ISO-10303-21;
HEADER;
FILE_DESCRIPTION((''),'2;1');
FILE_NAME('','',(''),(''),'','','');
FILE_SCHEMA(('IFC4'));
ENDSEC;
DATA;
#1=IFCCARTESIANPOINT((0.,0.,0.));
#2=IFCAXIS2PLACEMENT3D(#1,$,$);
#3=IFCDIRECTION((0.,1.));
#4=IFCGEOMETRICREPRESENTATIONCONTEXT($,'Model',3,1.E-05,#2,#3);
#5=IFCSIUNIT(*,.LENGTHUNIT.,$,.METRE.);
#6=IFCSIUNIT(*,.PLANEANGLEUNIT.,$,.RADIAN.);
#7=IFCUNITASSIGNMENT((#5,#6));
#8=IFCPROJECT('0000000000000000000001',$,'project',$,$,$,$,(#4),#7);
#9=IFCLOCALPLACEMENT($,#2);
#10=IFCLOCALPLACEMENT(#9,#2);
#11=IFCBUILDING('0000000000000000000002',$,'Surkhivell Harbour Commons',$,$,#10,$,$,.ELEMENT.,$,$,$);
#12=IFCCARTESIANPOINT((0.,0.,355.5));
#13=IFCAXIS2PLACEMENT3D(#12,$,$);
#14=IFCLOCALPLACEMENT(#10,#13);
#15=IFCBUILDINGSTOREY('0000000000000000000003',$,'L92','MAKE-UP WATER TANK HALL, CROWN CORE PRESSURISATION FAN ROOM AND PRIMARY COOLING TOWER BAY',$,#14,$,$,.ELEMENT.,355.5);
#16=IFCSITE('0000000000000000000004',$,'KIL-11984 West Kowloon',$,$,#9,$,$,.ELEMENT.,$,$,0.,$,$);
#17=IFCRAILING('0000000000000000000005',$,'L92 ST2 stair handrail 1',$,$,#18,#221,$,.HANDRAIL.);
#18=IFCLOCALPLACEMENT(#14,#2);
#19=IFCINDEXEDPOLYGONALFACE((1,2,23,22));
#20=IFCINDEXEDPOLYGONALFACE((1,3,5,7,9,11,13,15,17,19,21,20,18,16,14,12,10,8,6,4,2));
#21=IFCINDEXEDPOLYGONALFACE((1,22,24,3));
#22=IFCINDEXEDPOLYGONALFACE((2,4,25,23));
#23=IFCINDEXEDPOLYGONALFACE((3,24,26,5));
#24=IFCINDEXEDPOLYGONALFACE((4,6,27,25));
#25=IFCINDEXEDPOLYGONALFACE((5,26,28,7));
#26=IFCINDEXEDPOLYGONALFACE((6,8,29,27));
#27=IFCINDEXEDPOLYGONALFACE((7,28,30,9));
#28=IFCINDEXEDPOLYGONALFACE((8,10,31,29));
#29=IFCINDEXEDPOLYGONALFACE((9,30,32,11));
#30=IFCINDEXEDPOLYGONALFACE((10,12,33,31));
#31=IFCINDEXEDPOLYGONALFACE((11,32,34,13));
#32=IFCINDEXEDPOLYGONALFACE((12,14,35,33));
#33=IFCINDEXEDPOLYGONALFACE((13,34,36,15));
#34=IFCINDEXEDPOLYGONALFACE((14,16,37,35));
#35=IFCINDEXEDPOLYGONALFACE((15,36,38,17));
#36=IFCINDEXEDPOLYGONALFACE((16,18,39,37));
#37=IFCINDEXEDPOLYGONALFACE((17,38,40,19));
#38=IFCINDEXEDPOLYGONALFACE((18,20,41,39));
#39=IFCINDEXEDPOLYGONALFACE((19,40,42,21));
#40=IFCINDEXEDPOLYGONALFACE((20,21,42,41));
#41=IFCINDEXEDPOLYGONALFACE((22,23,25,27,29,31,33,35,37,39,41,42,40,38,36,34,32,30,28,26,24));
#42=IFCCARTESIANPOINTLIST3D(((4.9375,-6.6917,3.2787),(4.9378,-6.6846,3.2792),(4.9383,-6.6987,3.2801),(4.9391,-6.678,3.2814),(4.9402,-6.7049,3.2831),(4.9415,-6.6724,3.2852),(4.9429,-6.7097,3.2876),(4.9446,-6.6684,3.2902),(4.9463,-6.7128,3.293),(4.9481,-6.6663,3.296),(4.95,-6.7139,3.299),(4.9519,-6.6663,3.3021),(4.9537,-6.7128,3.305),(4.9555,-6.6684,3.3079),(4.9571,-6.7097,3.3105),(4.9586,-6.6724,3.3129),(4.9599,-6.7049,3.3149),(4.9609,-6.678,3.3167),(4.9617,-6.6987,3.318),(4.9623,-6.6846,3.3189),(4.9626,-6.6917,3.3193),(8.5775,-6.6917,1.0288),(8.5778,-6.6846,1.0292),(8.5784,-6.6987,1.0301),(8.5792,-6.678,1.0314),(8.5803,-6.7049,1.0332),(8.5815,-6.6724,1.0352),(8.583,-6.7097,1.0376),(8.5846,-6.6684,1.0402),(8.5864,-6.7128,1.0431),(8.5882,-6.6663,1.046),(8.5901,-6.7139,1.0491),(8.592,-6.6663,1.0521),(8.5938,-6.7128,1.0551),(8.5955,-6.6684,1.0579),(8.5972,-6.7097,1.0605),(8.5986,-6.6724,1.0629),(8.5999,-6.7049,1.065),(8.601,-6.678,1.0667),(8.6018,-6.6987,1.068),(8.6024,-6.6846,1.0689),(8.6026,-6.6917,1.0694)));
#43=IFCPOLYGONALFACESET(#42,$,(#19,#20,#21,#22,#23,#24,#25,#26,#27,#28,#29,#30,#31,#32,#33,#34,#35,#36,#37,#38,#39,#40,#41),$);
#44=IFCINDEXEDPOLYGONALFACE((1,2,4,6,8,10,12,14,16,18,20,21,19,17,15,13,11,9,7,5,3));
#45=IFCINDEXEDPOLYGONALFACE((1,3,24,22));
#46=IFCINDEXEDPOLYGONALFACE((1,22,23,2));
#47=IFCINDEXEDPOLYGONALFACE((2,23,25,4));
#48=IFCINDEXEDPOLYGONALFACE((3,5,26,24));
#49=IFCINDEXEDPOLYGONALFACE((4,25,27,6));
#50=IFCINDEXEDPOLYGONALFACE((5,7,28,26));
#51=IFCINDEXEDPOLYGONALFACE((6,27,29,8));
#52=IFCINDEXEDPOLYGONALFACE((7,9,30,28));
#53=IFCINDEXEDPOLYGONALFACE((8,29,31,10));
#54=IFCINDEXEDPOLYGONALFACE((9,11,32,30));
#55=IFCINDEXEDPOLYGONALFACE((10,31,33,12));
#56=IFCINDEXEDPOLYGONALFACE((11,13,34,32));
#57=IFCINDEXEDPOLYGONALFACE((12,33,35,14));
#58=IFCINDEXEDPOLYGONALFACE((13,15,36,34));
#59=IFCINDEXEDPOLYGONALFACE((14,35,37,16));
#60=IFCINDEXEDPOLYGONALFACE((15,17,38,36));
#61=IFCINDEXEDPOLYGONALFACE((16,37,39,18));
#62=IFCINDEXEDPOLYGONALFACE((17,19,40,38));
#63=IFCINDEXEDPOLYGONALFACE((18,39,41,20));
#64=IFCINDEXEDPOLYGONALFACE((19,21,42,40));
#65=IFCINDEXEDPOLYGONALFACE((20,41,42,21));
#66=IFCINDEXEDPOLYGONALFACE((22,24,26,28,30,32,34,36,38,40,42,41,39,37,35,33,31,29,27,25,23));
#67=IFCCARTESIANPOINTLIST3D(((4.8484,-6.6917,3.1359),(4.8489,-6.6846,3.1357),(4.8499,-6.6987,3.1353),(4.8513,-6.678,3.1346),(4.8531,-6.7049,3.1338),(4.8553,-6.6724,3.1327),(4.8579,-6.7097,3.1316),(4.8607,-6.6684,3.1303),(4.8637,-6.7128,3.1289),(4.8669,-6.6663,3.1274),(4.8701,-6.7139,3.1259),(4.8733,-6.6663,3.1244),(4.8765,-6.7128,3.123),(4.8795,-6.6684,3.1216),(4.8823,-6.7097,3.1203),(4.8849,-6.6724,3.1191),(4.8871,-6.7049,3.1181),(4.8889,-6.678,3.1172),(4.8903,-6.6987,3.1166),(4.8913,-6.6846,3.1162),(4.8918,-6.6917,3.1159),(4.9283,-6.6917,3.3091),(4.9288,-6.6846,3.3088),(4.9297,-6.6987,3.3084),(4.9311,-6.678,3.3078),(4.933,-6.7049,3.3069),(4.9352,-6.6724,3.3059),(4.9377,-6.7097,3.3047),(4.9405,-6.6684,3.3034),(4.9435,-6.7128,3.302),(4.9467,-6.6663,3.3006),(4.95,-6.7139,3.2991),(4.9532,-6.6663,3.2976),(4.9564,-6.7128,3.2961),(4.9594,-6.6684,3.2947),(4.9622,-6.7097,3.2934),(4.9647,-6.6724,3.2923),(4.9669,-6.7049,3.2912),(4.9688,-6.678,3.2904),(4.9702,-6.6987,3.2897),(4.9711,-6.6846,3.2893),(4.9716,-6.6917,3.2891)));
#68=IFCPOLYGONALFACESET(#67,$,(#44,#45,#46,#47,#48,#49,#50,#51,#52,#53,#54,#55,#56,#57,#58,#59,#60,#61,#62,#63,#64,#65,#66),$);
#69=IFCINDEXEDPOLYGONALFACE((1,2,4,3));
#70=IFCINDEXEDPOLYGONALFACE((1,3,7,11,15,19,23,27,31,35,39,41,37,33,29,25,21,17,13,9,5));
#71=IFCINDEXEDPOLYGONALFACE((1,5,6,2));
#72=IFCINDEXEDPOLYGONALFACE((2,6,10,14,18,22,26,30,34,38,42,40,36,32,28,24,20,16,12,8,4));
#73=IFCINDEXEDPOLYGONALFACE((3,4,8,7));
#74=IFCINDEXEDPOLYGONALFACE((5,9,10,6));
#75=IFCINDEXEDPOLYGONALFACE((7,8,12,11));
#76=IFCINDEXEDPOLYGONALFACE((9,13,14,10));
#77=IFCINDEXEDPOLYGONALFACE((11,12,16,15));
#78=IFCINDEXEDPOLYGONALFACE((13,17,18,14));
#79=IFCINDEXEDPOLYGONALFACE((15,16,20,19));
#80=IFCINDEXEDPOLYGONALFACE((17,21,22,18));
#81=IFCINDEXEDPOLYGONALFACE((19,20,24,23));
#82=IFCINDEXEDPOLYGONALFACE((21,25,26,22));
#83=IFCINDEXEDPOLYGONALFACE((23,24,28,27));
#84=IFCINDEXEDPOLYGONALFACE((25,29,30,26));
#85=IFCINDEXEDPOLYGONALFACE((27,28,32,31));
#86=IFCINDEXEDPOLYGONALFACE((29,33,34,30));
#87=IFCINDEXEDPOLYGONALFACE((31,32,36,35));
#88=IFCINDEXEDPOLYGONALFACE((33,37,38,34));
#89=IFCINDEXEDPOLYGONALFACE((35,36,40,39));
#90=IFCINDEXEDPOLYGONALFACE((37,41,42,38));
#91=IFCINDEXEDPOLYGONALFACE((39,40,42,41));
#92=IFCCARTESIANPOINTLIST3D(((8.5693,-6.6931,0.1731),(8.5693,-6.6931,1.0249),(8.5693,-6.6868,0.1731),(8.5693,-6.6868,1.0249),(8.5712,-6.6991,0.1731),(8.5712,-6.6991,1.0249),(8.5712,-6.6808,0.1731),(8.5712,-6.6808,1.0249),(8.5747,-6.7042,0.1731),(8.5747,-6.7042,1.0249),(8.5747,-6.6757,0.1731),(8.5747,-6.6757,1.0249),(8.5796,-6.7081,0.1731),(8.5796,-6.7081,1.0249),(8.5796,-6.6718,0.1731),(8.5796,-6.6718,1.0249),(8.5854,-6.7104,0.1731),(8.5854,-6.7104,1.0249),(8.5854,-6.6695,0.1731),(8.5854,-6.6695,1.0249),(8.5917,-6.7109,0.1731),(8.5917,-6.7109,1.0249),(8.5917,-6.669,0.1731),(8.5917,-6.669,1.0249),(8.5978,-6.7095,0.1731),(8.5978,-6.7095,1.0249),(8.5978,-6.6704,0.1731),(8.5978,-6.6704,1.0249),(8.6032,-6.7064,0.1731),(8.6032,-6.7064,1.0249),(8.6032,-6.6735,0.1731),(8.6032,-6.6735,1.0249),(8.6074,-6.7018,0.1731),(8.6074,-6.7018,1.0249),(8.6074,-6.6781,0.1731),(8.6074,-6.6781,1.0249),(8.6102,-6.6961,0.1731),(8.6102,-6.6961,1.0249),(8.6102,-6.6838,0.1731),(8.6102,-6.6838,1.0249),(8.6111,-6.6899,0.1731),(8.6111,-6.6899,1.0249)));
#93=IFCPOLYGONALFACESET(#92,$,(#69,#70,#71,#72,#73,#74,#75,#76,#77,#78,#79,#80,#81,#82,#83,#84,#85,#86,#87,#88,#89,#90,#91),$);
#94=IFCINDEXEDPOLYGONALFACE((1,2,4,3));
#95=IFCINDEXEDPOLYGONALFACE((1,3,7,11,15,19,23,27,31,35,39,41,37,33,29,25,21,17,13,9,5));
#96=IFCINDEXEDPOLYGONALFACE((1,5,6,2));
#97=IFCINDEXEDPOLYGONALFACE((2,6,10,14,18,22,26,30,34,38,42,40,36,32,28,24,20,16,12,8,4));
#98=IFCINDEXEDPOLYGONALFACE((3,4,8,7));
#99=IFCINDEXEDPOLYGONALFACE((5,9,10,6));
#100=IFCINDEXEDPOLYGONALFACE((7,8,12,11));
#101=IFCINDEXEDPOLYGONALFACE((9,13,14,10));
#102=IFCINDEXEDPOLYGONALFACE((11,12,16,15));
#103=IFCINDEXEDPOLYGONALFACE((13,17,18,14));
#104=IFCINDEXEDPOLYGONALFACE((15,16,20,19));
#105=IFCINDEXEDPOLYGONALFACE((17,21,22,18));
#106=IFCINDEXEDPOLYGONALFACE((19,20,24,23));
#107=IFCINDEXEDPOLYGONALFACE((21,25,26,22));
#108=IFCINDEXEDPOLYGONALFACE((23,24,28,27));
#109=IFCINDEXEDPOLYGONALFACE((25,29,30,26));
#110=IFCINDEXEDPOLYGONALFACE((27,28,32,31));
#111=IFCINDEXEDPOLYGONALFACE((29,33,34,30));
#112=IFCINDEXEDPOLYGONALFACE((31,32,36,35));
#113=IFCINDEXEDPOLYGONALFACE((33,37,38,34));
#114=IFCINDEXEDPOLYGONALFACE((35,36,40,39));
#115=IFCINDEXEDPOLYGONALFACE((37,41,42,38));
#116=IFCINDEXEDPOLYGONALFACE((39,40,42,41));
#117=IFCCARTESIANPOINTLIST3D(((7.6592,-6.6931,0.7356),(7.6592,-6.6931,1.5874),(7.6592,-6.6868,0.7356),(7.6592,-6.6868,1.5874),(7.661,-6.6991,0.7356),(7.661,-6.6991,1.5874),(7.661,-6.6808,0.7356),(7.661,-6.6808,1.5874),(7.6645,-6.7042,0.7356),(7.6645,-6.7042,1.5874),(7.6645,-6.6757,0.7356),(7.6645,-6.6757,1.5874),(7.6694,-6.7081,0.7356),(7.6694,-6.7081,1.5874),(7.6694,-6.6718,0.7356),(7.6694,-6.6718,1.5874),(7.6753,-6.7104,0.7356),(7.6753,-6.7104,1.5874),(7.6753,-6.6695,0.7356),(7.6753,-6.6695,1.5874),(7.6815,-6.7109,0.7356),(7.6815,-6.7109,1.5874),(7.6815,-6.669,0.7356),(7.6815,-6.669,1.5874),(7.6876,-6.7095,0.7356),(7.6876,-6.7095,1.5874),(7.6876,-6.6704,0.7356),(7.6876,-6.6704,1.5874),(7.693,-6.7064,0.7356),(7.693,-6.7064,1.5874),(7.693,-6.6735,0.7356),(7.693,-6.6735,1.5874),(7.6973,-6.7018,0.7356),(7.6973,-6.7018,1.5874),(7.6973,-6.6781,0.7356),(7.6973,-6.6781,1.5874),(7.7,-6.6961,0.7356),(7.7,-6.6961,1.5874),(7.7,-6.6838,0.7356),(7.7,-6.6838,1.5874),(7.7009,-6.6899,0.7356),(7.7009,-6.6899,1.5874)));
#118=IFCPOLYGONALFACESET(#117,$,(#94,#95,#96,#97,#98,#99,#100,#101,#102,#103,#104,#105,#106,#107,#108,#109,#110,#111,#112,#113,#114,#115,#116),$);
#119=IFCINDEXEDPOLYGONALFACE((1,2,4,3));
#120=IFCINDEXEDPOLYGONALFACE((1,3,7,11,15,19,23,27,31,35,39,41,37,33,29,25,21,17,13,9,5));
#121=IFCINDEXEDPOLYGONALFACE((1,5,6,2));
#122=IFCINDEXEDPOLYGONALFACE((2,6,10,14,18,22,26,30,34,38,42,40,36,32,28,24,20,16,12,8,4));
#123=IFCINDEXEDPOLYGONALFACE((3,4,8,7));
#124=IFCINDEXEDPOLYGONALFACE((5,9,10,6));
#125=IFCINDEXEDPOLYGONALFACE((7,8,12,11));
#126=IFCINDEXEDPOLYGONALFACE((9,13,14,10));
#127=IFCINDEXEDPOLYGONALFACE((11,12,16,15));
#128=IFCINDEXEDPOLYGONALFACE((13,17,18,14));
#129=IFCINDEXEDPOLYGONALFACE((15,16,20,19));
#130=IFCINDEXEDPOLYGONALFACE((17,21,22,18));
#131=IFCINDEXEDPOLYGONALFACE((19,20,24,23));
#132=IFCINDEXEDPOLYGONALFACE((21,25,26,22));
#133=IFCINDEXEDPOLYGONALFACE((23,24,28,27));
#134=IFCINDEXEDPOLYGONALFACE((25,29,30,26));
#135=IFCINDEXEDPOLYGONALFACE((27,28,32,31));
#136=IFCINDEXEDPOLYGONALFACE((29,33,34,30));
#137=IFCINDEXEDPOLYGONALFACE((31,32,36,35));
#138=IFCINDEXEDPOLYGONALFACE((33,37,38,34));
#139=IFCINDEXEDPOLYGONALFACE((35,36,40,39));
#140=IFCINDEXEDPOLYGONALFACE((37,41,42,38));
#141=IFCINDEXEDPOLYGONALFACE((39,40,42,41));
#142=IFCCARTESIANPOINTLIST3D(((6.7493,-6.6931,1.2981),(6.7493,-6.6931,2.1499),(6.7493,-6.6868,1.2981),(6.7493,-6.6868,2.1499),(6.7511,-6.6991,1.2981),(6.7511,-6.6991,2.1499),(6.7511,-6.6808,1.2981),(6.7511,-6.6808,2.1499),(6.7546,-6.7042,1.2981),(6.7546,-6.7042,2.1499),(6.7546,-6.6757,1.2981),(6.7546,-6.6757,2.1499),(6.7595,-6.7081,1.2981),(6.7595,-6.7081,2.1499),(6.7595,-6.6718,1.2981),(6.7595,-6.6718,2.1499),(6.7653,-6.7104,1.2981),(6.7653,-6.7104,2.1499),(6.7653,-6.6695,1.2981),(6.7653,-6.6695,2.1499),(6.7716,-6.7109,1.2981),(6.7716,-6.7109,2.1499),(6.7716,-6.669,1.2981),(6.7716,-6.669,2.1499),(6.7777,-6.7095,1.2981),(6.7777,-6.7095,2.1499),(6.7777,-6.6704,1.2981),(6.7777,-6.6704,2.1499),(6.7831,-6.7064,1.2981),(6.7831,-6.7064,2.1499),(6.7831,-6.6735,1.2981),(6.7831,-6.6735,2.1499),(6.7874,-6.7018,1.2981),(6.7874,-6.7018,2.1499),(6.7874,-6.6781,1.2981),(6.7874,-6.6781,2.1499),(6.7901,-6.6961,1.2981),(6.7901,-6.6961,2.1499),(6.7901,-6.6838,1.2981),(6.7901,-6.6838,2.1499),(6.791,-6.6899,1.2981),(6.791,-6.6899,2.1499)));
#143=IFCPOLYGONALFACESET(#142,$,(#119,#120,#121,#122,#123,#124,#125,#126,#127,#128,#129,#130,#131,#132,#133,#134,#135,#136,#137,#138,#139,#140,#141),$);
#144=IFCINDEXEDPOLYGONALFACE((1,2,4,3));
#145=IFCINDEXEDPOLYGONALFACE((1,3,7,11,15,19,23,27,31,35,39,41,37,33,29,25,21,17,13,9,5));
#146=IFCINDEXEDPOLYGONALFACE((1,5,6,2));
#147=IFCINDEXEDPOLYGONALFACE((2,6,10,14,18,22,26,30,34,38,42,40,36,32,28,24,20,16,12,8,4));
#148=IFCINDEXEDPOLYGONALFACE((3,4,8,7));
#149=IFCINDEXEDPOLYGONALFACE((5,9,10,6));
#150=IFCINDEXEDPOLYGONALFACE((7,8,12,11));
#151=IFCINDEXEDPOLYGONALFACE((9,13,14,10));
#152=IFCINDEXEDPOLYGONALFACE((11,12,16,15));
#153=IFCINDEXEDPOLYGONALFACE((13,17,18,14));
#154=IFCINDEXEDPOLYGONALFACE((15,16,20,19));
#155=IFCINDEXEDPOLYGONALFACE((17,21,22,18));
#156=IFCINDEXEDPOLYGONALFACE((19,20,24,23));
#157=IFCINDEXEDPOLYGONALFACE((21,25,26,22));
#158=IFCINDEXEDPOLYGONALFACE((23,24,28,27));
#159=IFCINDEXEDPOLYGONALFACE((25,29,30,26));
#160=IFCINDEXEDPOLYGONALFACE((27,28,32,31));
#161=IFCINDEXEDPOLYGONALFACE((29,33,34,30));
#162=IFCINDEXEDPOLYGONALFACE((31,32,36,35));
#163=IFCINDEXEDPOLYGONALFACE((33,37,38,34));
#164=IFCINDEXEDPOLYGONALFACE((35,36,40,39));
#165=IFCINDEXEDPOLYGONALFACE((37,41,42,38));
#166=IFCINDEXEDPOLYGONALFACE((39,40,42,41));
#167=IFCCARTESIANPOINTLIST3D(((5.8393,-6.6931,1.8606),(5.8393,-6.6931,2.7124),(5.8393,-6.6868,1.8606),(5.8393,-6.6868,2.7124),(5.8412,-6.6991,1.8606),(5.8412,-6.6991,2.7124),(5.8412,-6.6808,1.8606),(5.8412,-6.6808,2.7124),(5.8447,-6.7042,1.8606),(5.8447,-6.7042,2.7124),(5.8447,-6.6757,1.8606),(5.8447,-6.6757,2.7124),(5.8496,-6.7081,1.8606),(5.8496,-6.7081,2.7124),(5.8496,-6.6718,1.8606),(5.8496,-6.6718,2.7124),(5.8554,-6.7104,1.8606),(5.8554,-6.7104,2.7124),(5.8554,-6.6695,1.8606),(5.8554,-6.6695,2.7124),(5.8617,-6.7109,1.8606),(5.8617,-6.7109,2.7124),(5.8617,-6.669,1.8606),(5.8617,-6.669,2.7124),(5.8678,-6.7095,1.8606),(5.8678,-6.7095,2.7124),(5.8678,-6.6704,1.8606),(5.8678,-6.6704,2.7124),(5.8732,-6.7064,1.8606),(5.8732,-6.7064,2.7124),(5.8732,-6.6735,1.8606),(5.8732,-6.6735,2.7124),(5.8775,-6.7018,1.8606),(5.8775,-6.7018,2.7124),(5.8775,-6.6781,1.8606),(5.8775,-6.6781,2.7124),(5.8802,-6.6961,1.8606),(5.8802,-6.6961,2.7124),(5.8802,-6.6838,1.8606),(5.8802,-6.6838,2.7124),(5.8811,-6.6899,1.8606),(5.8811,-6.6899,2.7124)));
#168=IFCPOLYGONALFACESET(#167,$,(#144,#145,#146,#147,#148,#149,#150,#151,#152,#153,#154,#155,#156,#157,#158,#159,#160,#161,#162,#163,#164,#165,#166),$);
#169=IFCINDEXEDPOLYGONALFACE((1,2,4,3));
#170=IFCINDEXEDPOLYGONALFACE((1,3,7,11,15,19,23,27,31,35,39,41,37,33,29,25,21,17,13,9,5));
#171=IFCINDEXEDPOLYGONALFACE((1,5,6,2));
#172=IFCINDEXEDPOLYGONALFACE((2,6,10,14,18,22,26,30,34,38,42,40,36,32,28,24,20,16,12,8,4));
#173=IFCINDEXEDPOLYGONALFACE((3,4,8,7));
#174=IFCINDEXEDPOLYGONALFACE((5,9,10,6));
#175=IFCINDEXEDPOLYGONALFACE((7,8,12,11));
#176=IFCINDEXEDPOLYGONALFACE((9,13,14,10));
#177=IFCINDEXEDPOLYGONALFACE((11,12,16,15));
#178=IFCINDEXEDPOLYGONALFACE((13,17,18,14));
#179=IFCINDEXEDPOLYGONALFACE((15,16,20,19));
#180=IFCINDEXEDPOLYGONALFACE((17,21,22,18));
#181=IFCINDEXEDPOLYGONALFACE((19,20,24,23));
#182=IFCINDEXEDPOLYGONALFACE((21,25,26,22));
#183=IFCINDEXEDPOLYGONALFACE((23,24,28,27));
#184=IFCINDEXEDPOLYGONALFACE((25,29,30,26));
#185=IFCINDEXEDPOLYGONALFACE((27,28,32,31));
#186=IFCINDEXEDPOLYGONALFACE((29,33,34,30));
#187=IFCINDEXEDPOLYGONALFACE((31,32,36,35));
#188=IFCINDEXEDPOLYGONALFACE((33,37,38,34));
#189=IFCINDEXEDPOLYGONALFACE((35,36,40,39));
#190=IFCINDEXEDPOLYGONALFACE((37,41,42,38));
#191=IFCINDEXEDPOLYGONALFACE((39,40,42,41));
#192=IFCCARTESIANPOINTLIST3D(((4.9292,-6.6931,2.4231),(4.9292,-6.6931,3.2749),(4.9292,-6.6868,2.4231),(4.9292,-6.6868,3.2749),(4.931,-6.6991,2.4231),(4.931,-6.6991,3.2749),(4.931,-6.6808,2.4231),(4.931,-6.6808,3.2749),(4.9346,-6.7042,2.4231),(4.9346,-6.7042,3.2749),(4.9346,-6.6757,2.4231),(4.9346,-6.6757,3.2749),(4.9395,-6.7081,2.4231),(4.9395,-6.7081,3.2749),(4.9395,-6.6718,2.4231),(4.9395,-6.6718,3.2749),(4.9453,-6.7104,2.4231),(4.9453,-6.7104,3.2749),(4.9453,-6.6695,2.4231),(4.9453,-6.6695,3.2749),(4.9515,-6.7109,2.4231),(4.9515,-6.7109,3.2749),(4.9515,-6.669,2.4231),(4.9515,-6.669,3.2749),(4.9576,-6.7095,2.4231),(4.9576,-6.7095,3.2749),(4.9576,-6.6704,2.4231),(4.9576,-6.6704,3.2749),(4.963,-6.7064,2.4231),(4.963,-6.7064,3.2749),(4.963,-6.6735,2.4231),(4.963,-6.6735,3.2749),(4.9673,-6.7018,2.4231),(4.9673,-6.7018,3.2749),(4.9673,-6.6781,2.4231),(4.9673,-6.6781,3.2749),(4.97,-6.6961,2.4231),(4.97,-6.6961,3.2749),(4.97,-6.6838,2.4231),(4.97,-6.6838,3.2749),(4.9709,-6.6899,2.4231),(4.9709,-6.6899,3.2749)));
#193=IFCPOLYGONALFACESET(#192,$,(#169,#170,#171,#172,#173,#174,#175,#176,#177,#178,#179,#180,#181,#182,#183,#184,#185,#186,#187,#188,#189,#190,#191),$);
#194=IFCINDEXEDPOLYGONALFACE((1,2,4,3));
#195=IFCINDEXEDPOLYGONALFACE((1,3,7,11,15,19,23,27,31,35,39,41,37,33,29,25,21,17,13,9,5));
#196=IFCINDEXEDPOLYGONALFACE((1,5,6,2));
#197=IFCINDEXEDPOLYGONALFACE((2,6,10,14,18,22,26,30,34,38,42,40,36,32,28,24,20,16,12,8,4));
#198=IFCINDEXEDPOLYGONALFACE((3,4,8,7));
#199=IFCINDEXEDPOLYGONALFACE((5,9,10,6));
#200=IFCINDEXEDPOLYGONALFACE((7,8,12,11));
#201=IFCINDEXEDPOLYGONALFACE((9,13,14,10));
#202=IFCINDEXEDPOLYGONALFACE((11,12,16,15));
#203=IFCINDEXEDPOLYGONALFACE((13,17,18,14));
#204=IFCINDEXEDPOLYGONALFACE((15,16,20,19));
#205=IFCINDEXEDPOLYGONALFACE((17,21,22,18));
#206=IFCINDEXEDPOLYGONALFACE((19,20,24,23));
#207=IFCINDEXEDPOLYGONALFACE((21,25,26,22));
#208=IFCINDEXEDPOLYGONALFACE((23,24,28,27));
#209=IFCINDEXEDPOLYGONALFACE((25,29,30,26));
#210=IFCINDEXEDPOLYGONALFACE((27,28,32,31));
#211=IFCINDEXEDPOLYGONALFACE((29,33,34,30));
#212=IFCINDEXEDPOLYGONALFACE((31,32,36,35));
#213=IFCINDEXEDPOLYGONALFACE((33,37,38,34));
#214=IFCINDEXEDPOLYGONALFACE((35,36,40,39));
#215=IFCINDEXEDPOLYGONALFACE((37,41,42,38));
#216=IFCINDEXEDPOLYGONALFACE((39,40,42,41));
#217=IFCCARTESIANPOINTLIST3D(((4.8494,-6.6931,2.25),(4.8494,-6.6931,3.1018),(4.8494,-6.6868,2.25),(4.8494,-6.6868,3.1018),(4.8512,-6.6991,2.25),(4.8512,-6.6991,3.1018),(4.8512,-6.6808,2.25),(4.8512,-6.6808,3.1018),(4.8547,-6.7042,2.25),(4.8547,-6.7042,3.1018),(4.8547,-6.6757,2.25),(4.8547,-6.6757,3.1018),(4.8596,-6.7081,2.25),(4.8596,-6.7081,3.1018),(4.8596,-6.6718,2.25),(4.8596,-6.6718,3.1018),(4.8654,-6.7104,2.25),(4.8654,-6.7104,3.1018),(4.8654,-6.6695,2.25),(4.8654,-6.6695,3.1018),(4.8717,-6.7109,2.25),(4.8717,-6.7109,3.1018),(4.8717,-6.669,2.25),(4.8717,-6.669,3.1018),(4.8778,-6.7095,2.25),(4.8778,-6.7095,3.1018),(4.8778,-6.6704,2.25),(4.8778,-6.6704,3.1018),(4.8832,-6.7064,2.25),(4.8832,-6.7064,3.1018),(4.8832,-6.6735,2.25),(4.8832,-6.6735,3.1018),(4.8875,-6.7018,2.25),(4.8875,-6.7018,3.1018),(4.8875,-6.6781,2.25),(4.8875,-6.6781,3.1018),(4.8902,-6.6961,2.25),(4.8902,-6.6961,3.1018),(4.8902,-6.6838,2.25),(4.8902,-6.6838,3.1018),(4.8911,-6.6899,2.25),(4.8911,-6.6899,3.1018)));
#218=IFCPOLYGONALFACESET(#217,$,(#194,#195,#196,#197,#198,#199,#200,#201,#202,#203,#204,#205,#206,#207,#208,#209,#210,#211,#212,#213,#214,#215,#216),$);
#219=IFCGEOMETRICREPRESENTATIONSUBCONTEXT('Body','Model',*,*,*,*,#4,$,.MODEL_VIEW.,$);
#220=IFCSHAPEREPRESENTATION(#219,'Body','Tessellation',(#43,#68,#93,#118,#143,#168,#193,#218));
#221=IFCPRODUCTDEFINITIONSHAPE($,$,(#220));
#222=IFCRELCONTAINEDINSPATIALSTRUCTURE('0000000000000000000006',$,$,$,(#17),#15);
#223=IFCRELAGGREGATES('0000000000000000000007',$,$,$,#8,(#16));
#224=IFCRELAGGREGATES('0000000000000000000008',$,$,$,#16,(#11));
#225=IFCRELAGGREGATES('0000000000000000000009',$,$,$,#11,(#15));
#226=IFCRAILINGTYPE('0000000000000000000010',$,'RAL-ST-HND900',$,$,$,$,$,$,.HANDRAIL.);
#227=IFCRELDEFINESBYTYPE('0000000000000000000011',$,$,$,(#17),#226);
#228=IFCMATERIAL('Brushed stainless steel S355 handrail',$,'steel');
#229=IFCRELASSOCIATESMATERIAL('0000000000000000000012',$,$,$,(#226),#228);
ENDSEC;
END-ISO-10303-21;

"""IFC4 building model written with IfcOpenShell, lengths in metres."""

from ifc_helpers import new_model, si_unit, direction, frame, origin, origin_2d, place, context, subcontext, project, spatial, circle, extrude, material, type_object, element, save


model = new_model("IFC4")

# Units and contexts
model_context = context("Model", 3, precision=1e-05, world=origin(), true_north=direction((0.0, 1.0)))
body_context = subcontext(model_context, "Body", "Model", "MODEL_VIEW")
ifc_project = project(units=[si_unit("LENGTHUNIT", "METRE"), si_unit("PLANEANGLEUNIT", "RADIAN")], contexts=[model_context])

# Site, building, storey
site_placement = place(None, origin())
site = spatial("IfcSite", under=ifc_project, at=site_placement, Name="KIL-11984 West Kowloon", CompositionType="ELEMENT", RefElevation=0.0)
building_placement = place(site_placement, origin())
building = spatial("IfcBuilding", under=site, at=building_placement, Name="Surkhivell Harbour Commons", CompositionType="ELEMENT")
storey_placement = place(building_placement, frame((0.0, 0.0, 355.5)))
storey = spatial("IfcBuildingStorey", under=building, at=storey_placement, Name="L92", Description="MAKE-UP WATER TANK HALL, CROWN CORE PRESSURISATION FAN ROOM AND PRIMARY COOLING TOWER BAY", CompositionType="ELEMENT", Elevation=355.5)

# Railing
ifc_material_1 = material(Name="Brushed stainless steel S355 handrail", Category="steel")
railing_type_1 = type_object("IfcRailingType", Name="RAL-ST-HND900", PredefinedType="HANDRAIL", material=ifc_material_1)
railing_1_placement = place(storey_placement, frame((8.5901, -6.6899, 0.1731)))
element("IfcRailing", 1, at=railing_1_placement, inside=storey, type_object=railing_type_1, Name="L92 ST2 stair handrail 1", PredefinedType="HANDRAIL", context=body_context, shape_type="SweptSolid", body=[
    extrude(circle(Radius=0.0239, at=origin_2d()), frame((0.0, 0.0, 0.876), z_axis=(-0.850622, 0.0, 0.525777), x_axis=(0.0, -1.0, 0.0)), (0.0, 0.0, 1.0), 4.2793),
    extrude(circle(Radius=0.0239, at=origin_2d()), frame((-3.6401, 0.0, 3.126), z_axis=(-0.418815, 0.0, -0.908072), x_axis=(0.0, -1.0, 0.0)), (0.0, 0.0, 1.0), 0.1907),
    extrude(circle(Radius=0.021, at=origin_2d()), origin(), (0.0, 0.0, 1.0), 0.8518),
    extrude(circle(Radius=0.021, at=origin_2d()), frame((-0.9102, 0.0, 0.5625)), (0.0, 0.0, 1.0), 0.8518),
    extrude(circle(Radius=0.021, at=origin_2d()), frame((-1.8201, 0.0, 1.125)), (0.0, 0.0, 1.0), 0.8518),
    extrude(circle(Radius=0.021, at=origin_2d()), frame((-2.73, 0.0, 1.6875)), (0.0, 0.0, 1.0), 0.8518),
    extrude(circle(Radius=0.021, at=origin_2d()), frame((-3.6401, 0.0, 2.25)), (0.0, 0.0, 1.0), 0.8518),
    extrude(circle(Radius=0.021, at=origin_2d()), frame((-3.72, 0.0, 2.0769)), (0.0, 0.0, 1.0), 0.8518),
])

save(model, "model.ifc")
